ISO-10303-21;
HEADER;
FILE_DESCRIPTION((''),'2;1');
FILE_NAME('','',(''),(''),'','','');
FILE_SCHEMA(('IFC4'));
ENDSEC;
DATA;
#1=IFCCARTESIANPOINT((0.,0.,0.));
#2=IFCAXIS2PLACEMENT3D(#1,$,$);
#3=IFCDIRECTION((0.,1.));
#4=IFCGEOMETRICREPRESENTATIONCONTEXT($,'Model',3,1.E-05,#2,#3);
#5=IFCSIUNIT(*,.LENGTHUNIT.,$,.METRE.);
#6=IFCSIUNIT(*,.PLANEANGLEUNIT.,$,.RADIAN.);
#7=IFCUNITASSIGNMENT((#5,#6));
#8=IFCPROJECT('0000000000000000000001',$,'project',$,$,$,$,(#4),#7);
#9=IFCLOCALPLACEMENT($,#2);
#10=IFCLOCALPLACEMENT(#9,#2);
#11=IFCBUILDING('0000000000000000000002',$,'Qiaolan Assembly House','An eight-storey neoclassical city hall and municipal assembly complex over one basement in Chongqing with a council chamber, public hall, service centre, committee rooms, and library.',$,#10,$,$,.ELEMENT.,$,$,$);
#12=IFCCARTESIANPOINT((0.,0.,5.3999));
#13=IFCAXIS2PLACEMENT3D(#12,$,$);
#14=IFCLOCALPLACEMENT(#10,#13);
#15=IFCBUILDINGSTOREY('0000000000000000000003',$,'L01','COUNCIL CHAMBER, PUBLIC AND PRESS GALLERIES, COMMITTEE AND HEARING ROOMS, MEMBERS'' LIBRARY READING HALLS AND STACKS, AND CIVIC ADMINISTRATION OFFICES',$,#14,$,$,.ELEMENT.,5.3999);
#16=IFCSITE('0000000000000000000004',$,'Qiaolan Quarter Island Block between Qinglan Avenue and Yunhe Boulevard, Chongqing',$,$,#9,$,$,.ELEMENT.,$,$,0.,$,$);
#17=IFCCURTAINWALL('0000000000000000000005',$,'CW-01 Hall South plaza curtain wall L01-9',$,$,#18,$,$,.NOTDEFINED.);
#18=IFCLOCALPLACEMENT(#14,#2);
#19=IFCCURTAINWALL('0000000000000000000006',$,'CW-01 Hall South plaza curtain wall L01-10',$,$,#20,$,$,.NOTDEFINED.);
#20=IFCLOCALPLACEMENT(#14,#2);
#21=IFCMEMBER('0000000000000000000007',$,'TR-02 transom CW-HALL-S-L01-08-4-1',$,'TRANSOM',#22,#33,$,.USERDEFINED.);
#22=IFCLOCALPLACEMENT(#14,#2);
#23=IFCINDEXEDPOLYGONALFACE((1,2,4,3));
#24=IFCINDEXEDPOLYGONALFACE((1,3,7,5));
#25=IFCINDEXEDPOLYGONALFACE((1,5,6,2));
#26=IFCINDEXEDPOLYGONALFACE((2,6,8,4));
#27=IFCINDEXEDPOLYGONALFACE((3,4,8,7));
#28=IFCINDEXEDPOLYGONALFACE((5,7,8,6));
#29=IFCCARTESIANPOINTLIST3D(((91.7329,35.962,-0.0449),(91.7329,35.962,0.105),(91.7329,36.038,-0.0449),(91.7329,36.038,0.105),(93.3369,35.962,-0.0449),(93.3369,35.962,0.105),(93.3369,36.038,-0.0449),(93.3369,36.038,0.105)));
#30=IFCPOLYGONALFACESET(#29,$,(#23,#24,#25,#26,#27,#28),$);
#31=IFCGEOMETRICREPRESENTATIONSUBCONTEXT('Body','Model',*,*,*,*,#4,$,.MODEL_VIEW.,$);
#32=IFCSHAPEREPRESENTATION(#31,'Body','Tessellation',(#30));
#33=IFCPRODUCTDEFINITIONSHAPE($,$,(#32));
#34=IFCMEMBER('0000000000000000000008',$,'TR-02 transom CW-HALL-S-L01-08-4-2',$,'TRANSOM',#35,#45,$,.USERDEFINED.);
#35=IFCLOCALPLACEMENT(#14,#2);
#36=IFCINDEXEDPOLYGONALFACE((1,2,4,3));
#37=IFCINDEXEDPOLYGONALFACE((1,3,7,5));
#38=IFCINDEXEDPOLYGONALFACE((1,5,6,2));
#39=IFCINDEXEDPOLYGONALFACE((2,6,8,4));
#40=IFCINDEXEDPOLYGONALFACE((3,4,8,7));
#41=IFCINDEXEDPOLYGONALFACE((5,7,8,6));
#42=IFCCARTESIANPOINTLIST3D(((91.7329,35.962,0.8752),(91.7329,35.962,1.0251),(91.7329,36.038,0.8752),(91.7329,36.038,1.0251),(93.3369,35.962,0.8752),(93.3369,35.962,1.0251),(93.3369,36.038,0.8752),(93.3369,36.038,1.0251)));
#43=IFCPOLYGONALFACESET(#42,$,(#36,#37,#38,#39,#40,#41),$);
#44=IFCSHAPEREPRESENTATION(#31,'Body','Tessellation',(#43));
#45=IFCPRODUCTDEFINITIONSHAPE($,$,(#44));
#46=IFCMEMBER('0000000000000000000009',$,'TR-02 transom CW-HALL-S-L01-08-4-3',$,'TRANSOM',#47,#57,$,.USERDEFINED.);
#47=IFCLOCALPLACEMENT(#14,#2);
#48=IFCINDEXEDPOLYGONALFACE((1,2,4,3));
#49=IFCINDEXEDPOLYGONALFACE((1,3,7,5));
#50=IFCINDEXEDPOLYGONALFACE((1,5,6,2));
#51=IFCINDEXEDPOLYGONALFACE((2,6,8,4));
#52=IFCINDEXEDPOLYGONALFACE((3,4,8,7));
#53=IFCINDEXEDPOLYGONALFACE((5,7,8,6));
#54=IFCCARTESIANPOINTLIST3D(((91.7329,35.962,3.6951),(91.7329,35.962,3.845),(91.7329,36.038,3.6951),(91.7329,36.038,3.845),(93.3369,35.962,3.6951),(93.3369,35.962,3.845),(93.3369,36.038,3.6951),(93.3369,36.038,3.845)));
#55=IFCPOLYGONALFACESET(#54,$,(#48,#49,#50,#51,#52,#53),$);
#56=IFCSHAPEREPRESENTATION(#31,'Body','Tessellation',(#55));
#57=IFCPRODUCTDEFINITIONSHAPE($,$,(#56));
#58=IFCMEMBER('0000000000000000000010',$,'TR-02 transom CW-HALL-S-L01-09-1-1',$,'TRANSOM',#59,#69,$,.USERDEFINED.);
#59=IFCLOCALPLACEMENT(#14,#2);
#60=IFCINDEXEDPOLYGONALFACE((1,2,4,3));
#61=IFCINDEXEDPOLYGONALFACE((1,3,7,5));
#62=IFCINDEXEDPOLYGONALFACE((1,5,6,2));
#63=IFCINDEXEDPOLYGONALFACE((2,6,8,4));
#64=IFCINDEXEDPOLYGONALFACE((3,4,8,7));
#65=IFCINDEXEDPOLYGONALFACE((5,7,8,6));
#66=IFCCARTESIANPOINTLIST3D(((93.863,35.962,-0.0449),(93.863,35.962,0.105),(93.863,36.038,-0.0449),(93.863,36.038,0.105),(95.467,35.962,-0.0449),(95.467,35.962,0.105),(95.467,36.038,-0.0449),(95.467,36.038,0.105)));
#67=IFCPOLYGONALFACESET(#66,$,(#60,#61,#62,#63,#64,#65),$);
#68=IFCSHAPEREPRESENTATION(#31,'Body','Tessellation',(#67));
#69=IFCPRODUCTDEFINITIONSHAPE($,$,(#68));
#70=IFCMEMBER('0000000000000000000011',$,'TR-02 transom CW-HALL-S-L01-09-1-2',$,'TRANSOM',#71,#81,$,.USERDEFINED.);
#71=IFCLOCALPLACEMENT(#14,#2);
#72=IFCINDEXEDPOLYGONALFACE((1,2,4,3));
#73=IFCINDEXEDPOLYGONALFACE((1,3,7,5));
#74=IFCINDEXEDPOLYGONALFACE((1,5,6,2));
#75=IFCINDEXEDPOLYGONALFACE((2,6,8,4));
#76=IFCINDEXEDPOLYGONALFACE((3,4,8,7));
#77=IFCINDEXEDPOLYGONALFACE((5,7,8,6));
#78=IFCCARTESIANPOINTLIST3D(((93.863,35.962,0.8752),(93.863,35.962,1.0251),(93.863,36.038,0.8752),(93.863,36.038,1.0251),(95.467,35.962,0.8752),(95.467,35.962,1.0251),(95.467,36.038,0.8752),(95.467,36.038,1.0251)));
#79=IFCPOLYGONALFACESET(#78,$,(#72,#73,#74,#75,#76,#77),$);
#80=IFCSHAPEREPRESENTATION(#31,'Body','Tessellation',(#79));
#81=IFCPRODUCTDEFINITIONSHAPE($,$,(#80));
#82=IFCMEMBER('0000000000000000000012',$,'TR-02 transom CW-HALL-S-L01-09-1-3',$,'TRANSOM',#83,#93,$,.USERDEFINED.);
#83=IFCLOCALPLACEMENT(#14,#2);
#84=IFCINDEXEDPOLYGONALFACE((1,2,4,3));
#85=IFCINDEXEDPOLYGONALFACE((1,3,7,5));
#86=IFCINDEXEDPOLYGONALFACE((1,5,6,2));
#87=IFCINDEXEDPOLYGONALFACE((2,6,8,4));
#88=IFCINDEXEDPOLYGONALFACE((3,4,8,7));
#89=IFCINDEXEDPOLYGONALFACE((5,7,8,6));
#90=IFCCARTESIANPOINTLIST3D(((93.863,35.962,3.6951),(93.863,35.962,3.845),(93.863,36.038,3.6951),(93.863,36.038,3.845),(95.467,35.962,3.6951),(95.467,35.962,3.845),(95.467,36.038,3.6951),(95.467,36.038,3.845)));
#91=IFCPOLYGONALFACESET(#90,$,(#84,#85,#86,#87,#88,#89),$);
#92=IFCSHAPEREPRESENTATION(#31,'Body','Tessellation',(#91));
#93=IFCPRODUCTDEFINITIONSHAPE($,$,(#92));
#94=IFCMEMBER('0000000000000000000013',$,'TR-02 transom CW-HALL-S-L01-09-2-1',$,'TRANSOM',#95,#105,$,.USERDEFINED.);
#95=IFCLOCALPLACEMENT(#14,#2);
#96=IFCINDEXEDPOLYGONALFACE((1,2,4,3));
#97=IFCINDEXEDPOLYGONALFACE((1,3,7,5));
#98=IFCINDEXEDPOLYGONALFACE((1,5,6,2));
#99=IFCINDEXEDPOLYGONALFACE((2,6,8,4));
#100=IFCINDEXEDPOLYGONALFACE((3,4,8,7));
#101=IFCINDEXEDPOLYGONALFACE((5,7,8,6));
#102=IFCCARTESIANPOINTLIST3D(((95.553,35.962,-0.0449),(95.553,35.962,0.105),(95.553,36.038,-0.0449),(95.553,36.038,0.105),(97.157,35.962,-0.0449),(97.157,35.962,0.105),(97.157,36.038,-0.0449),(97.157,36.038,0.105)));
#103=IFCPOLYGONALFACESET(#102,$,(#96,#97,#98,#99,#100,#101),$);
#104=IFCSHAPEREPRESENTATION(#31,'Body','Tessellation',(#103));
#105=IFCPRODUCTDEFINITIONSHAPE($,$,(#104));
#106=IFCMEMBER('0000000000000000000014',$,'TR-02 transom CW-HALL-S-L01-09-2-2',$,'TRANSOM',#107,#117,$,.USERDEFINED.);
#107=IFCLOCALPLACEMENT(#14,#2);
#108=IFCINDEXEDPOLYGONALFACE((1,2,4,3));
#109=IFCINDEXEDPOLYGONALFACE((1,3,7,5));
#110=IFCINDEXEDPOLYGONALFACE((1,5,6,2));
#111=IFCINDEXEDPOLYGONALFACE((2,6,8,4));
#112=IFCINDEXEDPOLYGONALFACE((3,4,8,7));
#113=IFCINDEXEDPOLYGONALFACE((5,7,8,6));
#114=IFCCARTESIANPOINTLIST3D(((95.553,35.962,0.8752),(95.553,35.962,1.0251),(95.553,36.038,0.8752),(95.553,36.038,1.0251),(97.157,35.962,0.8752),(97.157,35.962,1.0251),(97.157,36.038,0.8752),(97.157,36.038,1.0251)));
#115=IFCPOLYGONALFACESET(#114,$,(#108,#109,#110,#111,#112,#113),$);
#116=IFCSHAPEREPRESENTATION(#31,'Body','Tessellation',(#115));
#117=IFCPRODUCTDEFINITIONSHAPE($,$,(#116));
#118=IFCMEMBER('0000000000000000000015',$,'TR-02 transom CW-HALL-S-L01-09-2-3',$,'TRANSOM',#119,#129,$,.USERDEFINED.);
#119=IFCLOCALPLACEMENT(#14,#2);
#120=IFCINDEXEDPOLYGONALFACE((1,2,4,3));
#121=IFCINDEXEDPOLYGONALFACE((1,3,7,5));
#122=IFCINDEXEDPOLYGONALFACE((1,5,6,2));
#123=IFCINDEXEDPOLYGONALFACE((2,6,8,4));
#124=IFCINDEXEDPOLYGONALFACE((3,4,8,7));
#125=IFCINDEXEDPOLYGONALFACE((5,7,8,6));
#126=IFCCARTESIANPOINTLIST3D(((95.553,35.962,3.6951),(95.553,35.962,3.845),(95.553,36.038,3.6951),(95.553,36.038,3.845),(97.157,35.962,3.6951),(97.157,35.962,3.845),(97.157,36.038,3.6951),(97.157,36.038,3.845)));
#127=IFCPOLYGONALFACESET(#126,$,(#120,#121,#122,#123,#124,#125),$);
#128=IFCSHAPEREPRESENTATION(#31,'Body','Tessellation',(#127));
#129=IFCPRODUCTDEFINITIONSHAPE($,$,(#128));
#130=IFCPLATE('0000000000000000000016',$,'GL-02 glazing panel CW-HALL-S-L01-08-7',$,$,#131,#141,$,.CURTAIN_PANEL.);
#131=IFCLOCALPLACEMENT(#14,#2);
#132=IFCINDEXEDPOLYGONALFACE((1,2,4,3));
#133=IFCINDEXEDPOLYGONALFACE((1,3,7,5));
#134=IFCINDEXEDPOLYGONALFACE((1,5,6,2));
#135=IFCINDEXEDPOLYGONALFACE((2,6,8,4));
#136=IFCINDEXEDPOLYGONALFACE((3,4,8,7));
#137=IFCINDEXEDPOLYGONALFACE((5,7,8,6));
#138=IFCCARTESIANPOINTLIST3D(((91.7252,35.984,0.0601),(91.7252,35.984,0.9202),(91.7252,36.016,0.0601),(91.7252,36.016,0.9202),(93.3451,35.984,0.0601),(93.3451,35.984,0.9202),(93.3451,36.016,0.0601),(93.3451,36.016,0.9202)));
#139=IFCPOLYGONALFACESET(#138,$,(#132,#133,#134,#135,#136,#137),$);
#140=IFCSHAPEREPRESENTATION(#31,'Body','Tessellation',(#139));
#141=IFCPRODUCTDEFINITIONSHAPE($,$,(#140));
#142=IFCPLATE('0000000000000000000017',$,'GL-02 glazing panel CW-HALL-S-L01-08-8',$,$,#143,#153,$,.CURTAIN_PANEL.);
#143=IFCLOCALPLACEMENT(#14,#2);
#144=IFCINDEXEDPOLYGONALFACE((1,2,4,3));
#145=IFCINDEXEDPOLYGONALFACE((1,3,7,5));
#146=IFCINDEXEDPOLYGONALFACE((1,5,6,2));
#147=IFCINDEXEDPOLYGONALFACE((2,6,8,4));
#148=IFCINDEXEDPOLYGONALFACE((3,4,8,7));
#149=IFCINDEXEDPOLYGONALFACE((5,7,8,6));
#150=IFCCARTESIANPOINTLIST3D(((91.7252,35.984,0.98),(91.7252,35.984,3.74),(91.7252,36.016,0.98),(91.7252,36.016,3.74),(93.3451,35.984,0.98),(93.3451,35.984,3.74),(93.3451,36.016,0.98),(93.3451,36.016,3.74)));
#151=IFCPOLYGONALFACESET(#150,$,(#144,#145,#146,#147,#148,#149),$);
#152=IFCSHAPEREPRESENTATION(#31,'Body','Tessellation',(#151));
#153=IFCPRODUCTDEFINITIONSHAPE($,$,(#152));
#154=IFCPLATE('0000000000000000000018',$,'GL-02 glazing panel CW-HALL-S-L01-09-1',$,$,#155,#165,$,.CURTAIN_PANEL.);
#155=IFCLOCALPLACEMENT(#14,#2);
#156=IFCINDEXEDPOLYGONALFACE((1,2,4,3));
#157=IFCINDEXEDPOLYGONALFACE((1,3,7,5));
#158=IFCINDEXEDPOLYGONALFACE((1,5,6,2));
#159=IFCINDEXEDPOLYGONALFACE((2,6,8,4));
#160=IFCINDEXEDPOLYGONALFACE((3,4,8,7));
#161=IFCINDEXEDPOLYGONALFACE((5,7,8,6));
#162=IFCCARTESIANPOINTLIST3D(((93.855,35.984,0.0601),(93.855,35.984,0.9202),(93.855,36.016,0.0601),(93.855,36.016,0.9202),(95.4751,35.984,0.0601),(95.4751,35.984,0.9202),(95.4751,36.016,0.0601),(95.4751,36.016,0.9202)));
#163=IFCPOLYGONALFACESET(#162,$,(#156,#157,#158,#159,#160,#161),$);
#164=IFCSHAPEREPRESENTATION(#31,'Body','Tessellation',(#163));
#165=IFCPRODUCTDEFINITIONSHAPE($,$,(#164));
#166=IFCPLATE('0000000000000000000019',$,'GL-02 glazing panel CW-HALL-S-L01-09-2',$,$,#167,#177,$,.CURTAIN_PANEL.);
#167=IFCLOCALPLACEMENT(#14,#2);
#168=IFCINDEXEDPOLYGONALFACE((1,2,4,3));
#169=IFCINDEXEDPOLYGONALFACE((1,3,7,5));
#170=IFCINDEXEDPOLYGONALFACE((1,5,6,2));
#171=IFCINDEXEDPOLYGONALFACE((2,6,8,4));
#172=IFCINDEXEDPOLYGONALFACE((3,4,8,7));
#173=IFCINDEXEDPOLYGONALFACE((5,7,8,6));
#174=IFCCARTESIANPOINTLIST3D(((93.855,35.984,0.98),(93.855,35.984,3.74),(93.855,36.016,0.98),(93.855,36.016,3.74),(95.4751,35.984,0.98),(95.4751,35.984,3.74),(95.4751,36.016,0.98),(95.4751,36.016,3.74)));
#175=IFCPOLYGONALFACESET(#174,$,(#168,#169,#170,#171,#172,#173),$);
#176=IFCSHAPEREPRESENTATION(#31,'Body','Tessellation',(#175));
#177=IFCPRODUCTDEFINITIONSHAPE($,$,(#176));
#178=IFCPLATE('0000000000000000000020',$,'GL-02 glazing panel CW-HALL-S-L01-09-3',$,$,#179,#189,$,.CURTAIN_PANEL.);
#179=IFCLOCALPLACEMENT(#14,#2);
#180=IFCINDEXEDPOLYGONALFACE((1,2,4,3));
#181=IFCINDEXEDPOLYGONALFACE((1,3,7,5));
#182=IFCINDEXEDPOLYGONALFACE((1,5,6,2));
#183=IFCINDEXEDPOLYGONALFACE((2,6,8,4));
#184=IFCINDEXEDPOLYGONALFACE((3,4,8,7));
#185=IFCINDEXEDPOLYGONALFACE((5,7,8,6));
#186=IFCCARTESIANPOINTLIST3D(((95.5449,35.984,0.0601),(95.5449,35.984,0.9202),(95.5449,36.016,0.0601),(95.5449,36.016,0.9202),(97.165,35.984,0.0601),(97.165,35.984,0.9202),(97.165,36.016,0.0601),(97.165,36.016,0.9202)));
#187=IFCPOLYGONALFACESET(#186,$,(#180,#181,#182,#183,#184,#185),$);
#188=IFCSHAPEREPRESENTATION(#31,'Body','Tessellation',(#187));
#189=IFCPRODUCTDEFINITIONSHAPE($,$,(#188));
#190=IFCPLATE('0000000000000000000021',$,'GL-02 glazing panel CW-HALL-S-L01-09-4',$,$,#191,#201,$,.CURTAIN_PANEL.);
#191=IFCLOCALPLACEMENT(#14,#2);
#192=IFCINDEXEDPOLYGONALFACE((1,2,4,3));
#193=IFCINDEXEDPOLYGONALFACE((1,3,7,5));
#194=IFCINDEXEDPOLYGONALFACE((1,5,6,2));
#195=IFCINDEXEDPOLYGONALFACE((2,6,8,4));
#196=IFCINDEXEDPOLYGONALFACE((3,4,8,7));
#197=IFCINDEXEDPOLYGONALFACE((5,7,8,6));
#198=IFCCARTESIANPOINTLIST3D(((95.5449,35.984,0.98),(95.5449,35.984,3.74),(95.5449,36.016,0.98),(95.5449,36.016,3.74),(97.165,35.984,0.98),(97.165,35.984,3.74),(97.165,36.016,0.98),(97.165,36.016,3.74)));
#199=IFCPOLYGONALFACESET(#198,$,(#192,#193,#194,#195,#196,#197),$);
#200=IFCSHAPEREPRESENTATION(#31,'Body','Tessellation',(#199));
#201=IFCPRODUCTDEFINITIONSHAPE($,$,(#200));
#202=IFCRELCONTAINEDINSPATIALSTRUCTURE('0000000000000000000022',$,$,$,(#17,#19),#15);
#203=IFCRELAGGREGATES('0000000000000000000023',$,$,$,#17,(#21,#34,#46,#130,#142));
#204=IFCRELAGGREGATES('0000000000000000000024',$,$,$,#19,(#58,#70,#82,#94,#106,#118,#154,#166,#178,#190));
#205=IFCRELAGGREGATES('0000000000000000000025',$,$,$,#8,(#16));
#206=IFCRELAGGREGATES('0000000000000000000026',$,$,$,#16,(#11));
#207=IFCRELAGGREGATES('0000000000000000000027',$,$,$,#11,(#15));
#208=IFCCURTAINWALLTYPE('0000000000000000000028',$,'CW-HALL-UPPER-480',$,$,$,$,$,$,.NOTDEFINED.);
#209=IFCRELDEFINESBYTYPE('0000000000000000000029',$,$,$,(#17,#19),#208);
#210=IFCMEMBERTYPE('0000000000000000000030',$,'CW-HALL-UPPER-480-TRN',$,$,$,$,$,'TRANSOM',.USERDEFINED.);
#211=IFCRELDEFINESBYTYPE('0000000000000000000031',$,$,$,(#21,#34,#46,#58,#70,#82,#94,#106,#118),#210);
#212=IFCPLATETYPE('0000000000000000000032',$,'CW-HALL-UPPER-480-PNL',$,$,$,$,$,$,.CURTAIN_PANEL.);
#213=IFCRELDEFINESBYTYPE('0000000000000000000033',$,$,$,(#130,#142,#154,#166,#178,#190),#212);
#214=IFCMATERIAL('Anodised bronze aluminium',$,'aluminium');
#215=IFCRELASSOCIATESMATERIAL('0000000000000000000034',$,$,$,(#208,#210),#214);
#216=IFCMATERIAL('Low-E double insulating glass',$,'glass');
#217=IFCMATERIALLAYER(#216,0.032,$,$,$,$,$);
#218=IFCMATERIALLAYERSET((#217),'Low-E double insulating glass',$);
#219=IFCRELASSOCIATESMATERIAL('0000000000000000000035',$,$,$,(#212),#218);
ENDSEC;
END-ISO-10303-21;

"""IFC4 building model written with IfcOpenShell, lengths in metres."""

from ifc_helpers import new_model, si_unit, direction, frame, frame_2d, origin, origin_2d, place, context, subcontext, project, spatial, rectangle, extrude, material, layer, layer_set, material_profile, profile_set, type_object, element, aggregate, save


model = new_model("IFC4")

# Units and contexts
model_context = context("Model", 3, precision=1e-05, world=origin(), true_north=direction((0.0, 1.0)))
body_context = subcontext(model_context, "Body", "Model", "MODEL_VIEW")
ifc_project = project(units=[si_unit("LENGTHUNIT", "METRE"), si_unit("PLANEANGLEUNIT", "RADIAN")], contexts=[model_context])

# Site, building, storey
site_placement = place(None, origin())
site = spatial("IfcSite", under=ifc_project, at=site_placement, Name="Qiaolan Quarter Island Block between Qinglan Avenue and Yunhe Boulevard, Chongqing", CompositionType="ELEMENT", RefElevation=0.0)
building_placement = place(site_placement, origin())
building = spatial("IfcBuilding", under=site, at=building_placement, Name="Qiaolan Assembly House", Description="An eight-storey neoclassical city hall and municipal assembly complex over one basement in Chongqing with a council chamber, public hall, service centre, committee rooms, and library.", CompositionType="ELEMENT")
storey_placement = place(building_placement, frame((0.0, 0.0, 5.3999)))
storey = spatial("IfcBuildingStorey", under=building, at=storey_placement, Name="L01", Description="COUNCIL CHAMBER, PUBLIC AND PRESS GALLERIES, COMMITTEE AND HEARING ROOMS, MEMBERS' LIBRARY READING HALLS AND STACKS, AND CIVIC ADMINISTRATION OFFICES", CompositionType="ELEMENT", Elevation=5.3999)

# Curtain walls
ifc_material_1 = material(Name="Anodised bronze aluminium", Category="aluminium")
curtain_wall_type = type_object("IfcCurtainWallType", Name="CW-HALL-UPPER-480", PredefinedType="NOTDEFINED", material=ifc_material_1)
curtain_wall_1_placement = place(storey_placement, origin())
curtain_wall_1 = element("IfcCurtainWall", 1, at=curtain_wall_1_placement, inside=storey, type_object=curtain_wall_type, Name="CW-01 Hall South plaza curtain wall L01-9", PredefinedType="NOTDEFINED")
curtain_wall_2_placement = place(storey_placement, origin())
curtain_wall_2 = element("IfcCurtainWall", 2, at=curtain_wall_2_placement, inside=storey, type_object=curtain_wall_type, Name="CW-01 Hall South plaza curtain wall L01-10", PredefinedType="NOTDEFINED")

# Members
ifc_material_profile_1 = material_profile(ifc_material_1, rectangle(XDim=0.0759, YDim=0.1499, at=origin_2d()), Name="TRN 76x150")
ifc_profile_set_1 = profile_set([ifc_material_profile_1], Name="Anodised bronze aluminium")
member_type_1 = type_object("IfcMemberType", Name="CW-HALL-UPPER-480-TRN", ElementType="TRANSOM", PredefinedType="USERDEFINED", material=ifc_profile_set_1)
member_1_placement = place(storey_placement, frame((91.7329, 36.0, 0.03), z_axis=(1.0, 0.0, 0.0), x_axis=(0.0, 1.0, 0.0)))
member_1 = element("IfcMember", 3, at=member_1_placement, type_object=member_type_1, Name="TR-02 transom CW-HALL-S-L01-08-4-1", ObjectType="TRANSOM", PredefinedType="USERDEFINED", context=body_context, shape_type="SweptSolid", body=[
    extrude(rectangle(XDim=0.0759, YDim=0.1499, at=origin_2d()), origin(), (0.0, 0.0, 1.0), 1.604),
])
member_2_placement = place(storey_placement, frame((91.7329, 36.0, 0.9502), z_axis=(1.0, 0.0, 0.0), x_axis=(0.0, 1.0, 0.0)))
member_2 = element("IfcMember", 4, at=member_2_placement, type_object=member_type_1, Name="TR-02 transom CW-HALL-S-L01-08-4-2", ObjectType="TRANSOM", PredefinedType="USERDEFINED", context=body_context, shape_type="SweptSolid", body=[
    extrude(rectangle(XDim=0.0759, YDim=0.1499, at=origin_2d()), origin(), (0.0, 0.0, 1.0), 1.604),
])
member_3_placement = place(storey_placement, frame((91.7329, 36.0, 3.77), z_axis=(1.0, 0.0, 0.0), x_axis=(0.0, 1.0, 0.0)))
member_3 = element("IfcMember", 5, at=member_3_placement, type_object=member_type_1, Name="TR-02 transom CW-HALL-S-L01-08-4-3", ObjectType="TRANSOM", PredefinedType="USERDEFINED", context=body_context, shape_type="SweptSolid", body=[
    extrude(rectangle(XDim=0.0759, YDim=0.1499, at=origin_2d()), origin(), (0.0, 0.0, 1.0), 1.604),
])
member_4_placement = place(storey_placement, frame((93.863, 36.0, 0.03), z_axis=(1.0, 0.0, 0.0), x_axis=(0.0, 1.0, 0.0)))
member_4 = element("IfcMember", 6, at=member_4_placement, type_object=member_type_1, Name="TR-02 transom CW-HALL-S-L01-09-1-1", ObjectType="TRANSOM", PredefinedType="USERDEFINED", context=body_context, shape_type="SweptSolid", body=[
    extrude(rectangle(XDim=0.0759, YDim=0.1499, at=origin_2d()), origin(), (0.0, 0.0, 1.0), 1.604),
])
member_5_placement = place(storey_placement, frame((93.863, 36.0, 0.9502), z_axis=(1.0, 0.0, 0.0), x_axis=(0.0, 1.0, 0.0)))
member_5 = element("IfcMember", 7, at=member_5_placement, type_object=member_type_1, Name="TR-02 transom CW-HALL-S-L01-09-1-2", ObjectType="TRANSOM", PredefinedType="USERDEFINED", context=body_context, shape_type="SweptSolid", body=[
    extrude(rectangle(XDim=0.0759, YDim=0.1499, at=origin_2d()), origin(), (0.0, 0.0, 1.0), 1.604),
])
member_6_placement = place(storey_placement, frame((93.863, 36.0, 3.77), z_axis=(1.0, 0.0, 0.0), x_axis=(0.0, 1.0, 0.0)))
member_6 = element("IfcMember", 8, at=member_6_placement, type_object=member_type_1, Name="TR-02 transom CW-HALL-S-L01-09-1-3", ObjectType="TRANSOM", PredefinedType="USERDEFINED", context=body_context, shape_type="SweptSolid", body=[
    extrude(rectangle(XDim=0.0759, YDim=0.1499, at=origin_2d()), origin(), (0.0, 0.0, 1.0), 1.604),
])
member_7_placement = place(storey_placement, frame((95.553, 36.0, 0.03), z_axis=(1.0, 0.0, 0.0), x_axis=(0.0, 1.0, 0.0)))
member_7 = element("IfcMember", 9, at=member_7_placement, type_object=member_type_1, Name="TR-02 transom CW-HALL-S-L01-09-2-1", ObjectType="TRANSOM", PredefinedType="USERDEFINED", context=body_context, shape_type="SweptSolid", body=[
    extrude(rectangle(XDim=0.0759, YDim=0.1499, at=origin_2d()), origin(), (0.0, 0.0, 1.0), 1.604),
])
member_8_placement = place(storey_placement, frame((95.553, 36.0, 0.9502), z_axis=(1.0, 0.0, 0.0), x_axis=(0.0, 1.0, 0.0)))
member_8 = element("IfcMember", 10, at=member_8_placement, type_object=member_type_1, Name="TR-02 transom CW-HALL-S-L01-09-2-2", ObjectType="TRANSOM", PredefinedType="USERDEFINED", context=body_context, shape_type="SweptSolid", body=[
    extrude(rectangle(XDim=0.0759, YDim=0.1499, at=origin_2d()), origin(), (0.0, 0.0, 1.0), 1.604),
])
member_9_placement = place(storey_placement, frame((95.553, 36.0, 3.77), z_axis=(1.0, 0.0, 0.0), x_axis=(0.0, 1.0, 0.0)))
member_9 = element("IfcMember", 11, at=member_9_placement, type_object=member_type_1, Name="TR-02 transom CW-HALL-S-L01-09-2-3", ObjectType="TRANSOM", PredefinedType="USERDEFINED", context=body_context, shape_type="SweptSolid", body=[
    extrude(rectangle(XDim=0.0759, YDim=0.1499, at=origin_2d()), origin(), (0.0, 0.0, 1.0), 1.604),
])

# Plates
ifc_material_2 = material(Name="Low-E double insulating glass", Category="glass")
ifc_layer = layer(ifc_material_2, 0.032)
ifc_layer_set = layer_set([ifc_layer], Name="Low-E double insulating glass")
plate_type = type_object("IfcPlateType", Name="CW-HALL-UPPER-480-PNL", PredefinedType="CURTAIN_PANEL", material=ifc_layer_set)
plate_1_placement = place(storey_placement, frame((91.7251, 36.0, 0.0601), z_axis=(0.0, 0.0, 1.0), x_axis=(1.0, 0.0, 0.0)))
plate_1 = element("IfcPlate", 12, at=plate_1_placement, type_object=plate_type, Name="GL-02 glazing panel CW-HALL-S-L01-08-7", PredefinedType="CURTAIN_PANEL", context=body_context, shape_type="SweptSolid", body=[
    extrude(rectangle(XDim=1.6199, YDim=0.032, at=frame_2d((0.8101, 0.0))), origin(), (0.0, 0.0, 1.0), 0.8601),
])
plate_2_placement = place(storey_placement, frame((91.7251, 36.0, 0.98), z_axis=(0.0, 0.0, 1.0), x_axis=(1.0, 0.0, 0.0)))
plate_2 = element("IfcPlate", 13, at=plate_2_placement, type_object=plate_type, Name="GL-02 glazing panel CW-HALL-S-L01-08-8", PredefinedType="CURTAIN_PANEL", context=body_context, shape_type="SweptSolid", body=[
    extrude(rectangle(XDim=1.6199, YDim=0.032, at=frame_2d((0.8101, 0.0))), origin(), (0.0, 0.0, 1.0), 2.76),
])
aggregate(curtain_wall_1, [member_1, member_2, member_3, plate_1, plate_2])
plate_3_placement = place(storey_placement, frame((93.855, 36.0, 0.0601), z_axis=(0.0, 0.0, 1.0), x_axis=(1.0, 0.0, 0.0)))
plate_3 = element("IfcPlate", 14, at=plate_3_placement, type_object=plate_type, Name="GL-02 glazing panel CW-HALL-S-L01-09-1", PredefinedType="CURTAIN_PANEL", context=body_context, shape_type="SweptSolid", body=[
    extrude(rectangle(XDim=1.6201, YDim=0.032, at=frame_2d((0.8101, 0.0))), origin(), (0.0, 0.0, 1.0), 0.8601),
])
plate_4_placement = place(storey_placement, frame((93.855, 36.0, 0.98), z_axis=(0.0, 0.0, 1.0), x_axis=(1.0, 0.0, 0.0)))
plate_4 = element("IfcPlate", 15, at=plate_4_placement, type_object=plate_type, Name="GL-02 glazing panel CW-HALL-S-L01-09-2", PredefinedType="CURTAIN_PANEL", context=body_context, shape_type="SweptSolid", body=[
    extrude(rectangle(XDim=1.6201, YDim=0.032, at=frame_2d((0.8101, 0.0))), origin(), (0.0, 0.0, 1.0), 2.76),
])
plate_5_placement = place(storey_placement, frame((95.5449, 36.0, 0.0601), z_axis=(0.0, 0.0, 1.0), x_axis=(1.0, 0.0, 0.0)))
plate_5 = element("IfcPlate", 16, at=plate_5_placement, type_object=plate_type, Name="GL-02 glazing panel CW-HALL-S-L01-09-3", PredefinedType="CURTAIN_PANEL", context=body_context, shape_type="SweptSolid", body=[
    extrude(rectangle(XDim=1.6201, YDim=0.032, at=frame_2d((0.8101, 0.0))), origin(), (0.0, 0.0, 1.0), 0.8601),
])
plate_6_placement = place(storey_placement, frame((95.5449, 36.0, 0.98), z_axis=(0.0, 0.0, 1.0), x_axis=(1.0, 0.0, 0.0)))
plate_6 = element("IfcPlate", 17, at=plate_6_placement, type_object=plate_type, Name="GL-02 glazing panel CW-HALL-S-L01-09-4", PredefinedType="CURTAIN_PANEL", context=body_context, shape_type="SweptSolid", body=[
    extrude(rectangle(XDim=1.6201, YDim=0.032, at=frame_2d((0.8101, 0.0))), origin(), (0.0, 0.0, 1.0), 2.76),
])
aggregate(curtain_wall_2, [member_4, member_5, member_6, member_7, member_8, member_9, plate_3, plate_4, plate_5, plate_6])

save(model, "model.ifc")
